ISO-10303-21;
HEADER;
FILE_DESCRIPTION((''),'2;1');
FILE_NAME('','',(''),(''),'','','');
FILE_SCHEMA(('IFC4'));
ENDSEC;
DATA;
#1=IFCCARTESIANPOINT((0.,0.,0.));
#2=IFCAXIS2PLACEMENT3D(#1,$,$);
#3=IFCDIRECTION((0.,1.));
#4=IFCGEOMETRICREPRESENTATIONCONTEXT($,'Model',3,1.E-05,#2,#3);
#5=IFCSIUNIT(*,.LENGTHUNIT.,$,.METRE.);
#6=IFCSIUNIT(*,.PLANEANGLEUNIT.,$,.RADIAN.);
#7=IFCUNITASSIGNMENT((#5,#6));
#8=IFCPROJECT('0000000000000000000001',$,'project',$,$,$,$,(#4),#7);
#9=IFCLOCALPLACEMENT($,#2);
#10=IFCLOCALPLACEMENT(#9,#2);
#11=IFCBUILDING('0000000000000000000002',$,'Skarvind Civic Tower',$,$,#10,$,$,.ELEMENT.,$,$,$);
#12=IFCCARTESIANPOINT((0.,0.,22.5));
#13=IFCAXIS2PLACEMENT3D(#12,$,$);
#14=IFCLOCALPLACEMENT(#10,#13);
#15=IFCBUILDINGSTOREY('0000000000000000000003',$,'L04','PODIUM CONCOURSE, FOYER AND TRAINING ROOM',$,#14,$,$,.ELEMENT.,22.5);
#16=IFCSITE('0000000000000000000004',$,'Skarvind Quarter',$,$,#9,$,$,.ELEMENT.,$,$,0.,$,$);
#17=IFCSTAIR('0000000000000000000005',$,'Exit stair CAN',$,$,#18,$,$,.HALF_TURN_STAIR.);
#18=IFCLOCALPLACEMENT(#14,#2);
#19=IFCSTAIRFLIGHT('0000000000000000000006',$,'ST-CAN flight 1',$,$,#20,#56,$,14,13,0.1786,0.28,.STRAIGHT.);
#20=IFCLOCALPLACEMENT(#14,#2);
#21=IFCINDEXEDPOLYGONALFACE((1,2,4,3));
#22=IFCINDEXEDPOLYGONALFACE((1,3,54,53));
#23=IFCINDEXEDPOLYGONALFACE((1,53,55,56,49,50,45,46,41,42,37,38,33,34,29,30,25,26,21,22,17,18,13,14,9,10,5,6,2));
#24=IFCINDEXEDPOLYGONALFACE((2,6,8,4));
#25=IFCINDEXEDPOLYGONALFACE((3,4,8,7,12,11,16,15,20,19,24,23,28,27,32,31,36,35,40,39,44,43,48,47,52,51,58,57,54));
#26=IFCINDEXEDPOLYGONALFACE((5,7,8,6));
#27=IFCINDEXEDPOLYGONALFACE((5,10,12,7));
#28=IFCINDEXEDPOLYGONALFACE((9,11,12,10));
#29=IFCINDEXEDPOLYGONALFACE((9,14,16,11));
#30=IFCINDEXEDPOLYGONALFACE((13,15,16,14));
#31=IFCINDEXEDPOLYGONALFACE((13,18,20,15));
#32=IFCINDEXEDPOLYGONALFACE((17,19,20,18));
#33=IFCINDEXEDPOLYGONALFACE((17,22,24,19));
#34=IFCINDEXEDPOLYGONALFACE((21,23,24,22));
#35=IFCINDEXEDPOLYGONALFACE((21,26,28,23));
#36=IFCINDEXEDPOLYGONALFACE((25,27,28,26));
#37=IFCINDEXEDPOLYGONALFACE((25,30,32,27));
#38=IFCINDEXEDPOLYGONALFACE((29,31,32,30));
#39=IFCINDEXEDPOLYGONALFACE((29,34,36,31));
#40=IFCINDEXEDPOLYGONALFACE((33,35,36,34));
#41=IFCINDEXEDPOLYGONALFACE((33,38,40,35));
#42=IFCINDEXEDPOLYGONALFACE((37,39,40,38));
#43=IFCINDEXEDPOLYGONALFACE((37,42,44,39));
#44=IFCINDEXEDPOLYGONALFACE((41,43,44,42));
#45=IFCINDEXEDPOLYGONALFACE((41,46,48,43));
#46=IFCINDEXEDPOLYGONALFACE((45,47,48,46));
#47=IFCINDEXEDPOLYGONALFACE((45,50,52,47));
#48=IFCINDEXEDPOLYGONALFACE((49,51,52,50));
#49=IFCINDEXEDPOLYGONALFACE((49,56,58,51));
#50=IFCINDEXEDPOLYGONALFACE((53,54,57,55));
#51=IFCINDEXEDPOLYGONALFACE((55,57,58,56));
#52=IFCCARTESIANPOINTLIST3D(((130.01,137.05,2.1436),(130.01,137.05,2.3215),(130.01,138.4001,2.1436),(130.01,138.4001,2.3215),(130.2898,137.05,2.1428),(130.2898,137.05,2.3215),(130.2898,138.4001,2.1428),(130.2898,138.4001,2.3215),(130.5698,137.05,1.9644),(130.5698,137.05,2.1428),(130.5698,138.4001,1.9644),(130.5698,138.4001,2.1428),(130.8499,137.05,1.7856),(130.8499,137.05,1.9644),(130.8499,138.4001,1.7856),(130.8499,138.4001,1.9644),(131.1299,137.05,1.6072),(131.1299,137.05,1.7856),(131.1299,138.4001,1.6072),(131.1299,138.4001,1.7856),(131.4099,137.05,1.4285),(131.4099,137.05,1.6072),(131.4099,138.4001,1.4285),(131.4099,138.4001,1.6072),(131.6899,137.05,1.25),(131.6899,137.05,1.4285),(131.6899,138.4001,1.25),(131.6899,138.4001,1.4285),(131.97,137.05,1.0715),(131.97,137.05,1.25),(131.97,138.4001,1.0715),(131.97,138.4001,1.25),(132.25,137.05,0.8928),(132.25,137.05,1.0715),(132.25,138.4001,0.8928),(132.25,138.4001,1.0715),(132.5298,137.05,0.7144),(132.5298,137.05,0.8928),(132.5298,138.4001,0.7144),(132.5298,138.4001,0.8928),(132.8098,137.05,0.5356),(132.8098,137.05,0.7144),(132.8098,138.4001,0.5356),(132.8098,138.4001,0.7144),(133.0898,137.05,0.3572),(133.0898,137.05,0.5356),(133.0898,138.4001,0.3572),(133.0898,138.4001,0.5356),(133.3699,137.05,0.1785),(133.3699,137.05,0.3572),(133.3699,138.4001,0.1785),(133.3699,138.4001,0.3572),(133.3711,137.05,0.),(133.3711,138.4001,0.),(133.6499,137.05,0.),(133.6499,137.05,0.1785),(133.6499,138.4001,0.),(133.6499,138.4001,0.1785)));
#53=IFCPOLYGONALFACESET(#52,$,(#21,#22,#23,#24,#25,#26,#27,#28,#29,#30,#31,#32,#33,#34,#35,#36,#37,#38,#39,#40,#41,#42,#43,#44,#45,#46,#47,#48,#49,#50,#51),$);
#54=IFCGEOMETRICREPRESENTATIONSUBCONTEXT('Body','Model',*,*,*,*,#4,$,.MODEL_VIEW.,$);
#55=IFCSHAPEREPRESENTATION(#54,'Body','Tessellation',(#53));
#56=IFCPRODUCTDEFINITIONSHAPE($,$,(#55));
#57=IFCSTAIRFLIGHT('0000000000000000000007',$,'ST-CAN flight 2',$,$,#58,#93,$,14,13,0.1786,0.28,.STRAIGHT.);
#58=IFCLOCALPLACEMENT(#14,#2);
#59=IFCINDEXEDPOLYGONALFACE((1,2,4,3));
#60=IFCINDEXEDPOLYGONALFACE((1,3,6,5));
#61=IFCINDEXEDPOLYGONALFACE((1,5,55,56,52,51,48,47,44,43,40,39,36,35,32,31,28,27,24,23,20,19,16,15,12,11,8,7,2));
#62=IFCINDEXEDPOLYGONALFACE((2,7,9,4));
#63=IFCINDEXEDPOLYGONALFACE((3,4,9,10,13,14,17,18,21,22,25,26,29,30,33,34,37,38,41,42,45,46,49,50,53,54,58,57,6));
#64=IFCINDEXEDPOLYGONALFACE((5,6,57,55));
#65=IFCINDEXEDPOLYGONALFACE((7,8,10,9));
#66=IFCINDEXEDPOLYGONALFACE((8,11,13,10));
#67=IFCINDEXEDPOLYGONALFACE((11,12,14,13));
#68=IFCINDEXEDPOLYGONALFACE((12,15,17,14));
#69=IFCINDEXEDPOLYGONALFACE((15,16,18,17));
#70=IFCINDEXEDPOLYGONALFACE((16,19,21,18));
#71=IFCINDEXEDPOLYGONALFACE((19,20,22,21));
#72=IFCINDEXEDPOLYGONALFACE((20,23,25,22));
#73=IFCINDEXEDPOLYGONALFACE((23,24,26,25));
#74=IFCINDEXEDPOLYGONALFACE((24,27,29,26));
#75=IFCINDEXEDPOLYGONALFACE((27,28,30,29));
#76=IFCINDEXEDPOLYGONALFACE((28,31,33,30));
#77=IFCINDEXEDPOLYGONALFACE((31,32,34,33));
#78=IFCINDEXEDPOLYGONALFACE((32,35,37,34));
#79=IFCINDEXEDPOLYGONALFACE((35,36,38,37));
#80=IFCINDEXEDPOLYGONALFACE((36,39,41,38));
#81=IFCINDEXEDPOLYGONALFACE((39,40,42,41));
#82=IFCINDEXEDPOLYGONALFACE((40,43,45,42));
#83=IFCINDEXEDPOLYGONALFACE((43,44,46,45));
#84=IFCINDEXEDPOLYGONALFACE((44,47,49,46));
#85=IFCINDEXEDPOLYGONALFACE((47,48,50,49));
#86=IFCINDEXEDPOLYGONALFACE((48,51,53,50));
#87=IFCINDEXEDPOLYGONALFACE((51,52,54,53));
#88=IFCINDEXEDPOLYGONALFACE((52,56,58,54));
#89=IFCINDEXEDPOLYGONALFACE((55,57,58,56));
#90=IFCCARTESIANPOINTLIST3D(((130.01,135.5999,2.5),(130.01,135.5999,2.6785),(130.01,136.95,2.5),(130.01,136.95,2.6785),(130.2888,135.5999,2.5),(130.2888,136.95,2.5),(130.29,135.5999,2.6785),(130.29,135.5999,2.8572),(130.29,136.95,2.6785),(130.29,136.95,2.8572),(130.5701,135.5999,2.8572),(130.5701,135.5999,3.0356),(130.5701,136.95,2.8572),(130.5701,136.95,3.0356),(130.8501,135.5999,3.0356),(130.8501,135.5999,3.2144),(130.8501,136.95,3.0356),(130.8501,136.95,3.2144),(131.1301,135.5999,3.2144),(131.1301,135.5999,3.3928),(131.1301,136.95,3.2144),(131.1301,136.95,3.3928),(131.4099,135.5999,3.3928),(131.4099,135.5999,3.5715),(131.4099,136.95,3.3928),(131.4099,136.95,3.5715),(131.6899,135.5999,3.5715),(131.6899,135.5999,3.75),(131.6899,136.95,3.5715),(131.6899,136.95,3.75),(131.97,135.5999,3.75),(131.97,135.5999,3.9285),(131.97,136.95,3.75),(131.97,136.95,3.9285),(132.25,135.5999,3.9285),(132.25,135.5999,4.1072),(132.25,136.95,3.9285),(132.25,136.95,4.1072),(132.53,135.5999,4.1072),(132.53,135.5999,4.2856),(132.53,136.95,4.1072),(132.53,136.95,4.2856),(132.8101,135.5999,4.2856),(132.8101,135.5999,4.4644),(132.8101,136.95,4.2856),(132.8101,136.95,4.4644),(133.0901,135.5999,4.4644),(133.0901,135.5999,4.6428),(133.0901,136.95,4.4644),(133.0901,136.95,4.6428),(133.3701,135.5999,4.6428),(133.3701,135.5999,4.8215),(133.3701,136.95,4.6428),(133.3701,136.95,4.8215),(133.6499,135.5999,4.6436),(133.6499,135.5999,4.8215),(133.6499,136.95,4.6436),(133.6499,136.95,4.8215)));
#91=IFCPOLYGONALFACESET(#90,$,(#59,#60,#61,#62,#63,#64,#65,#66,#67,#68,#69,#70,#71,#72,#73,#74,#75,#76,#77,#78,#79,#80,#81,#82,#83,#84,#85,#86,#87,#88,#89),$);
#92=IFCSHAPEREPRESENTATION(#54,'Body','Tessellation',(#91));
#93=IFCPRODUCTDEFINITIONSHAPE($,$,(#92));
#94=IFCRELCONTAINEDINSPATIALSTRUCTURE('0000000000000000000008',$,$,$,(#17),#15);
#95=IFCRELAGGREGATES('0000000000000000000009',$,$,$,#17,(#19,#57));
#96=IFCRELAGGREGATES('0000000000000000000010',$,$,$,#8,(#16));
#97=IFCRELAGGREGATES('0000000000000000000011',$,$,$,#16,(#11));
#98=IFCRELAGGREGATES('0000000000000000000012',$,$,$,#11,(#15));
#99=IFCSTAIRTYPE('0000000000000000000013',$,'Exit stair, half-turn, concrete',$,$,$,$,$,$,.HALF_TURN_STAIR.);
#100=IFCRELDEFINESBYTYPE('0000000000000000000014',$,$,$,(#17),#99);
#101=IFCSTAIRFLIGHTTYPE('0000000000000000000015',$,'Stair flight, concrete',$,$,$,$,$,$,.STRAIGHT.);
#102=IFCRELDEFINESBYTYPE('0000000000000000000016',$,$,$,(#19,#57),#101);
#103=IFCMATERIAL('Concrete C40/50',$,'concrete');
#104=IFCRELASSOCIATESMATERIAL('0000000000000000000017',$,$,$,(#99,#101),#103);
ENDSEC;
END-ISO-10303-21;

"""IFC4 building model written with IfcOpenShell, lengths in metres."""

from ifc_helpers import new_model, si_unit, direction, frame, origin, place, context, subcontext, project, spatial, polyline, outline, extrude, material, type_object, element, aggregate, save


model = new_model("IFC4")

# Units and contexts
model_context = context("Model", 3, precision=1e-05, world=origin(), true_north=direction((0.0, 1.0)))
body_context = subcontext(model_context, "Body", "Model", "MODEL_VIEW")
ifc_project = project(units=[si_unit("LENGTHUNIT", "METRE"), si_unit("PLANEANGLEUNIT", "RADIAN")], contexts=[model_context])

# Site, building, storey
site_placement = place(None, origin())
site = spatial("IfcSite", under=ifc_project, at=site_placement, Name="Skarvind Quarter", CompositionType="ELEMENT", RefElevation=0.0)
building_placement = place(site_placement, origin())
building = spatial("IfcBuilding", under=site, at=building_placement, Name="Skarvind Civic Tower", CompositionType="ELEMENT")
storey_placement = place(building_placement, frame((0.0, 0.0, 22.5)))
storey = spatial("IfcBuildingStorey", under=building, at=storey_placement, Name="L04", Description="PODIUM CONCOURSE, FOYER AND TRAINING ROOM", CompositionType="ELEMENT", Elevation=22.5)

# Stair, stair flights
ifc_material_1 = material(Name="Concrete C40/50", Category="concrete")
stair_type = type_object("IfcStairType", Name="Exit stair, half-turn, concrete", PredefinedType="HALF_TURN_STAIR", material=ifc_material_1)
stair_placement = place(storey_placement, origin())
stair = element("IfcStair", 1, at=stair_placement, inside=storey, type_object=stair_type, Name="Exit stair CAN", PredefinedType="HALF_TURN_STAIR")
stair_flight_type = type_object("IfcStairFlightType", Name="Stair flight, concrete", PredefinedType="STRAIGHT", material=ifc_material_1)
stair_flight_1_placement = place(storey_placement, frame((133.6499, 137.7251, 0.0), z_axis=(0.0, 0.0, 1.0), x_axis=(-1.0, 0.0, 0.0)))
stair_flight_1 = element("IfcStairFlight", 2, at=stair_flight_1_placement, type_object=stair_flight_type, Name="ST-CAN flight 1", NumberOfRisers=14, NumberOfTreads=13, PredefinedType="STRAIGHT", RiserHeight=0.1786, TreadLength=0.28, context=body_context, shape_type="SweptSolid", body=[
    extrude(outline(polyline([(0.0, 0.0), (0.0, 0.1785), (0.28, 0.1785), (0.28, 0.3572), (0.5601, 0.3572), (0.5601, 0.5356), (0.8401, 0.5356), (0.8401, 0.7144), (1.1201, 0.7144), (1.1201, 0.8928), (1.3999, 0.8928), (1.3999, 1.0715), (1.6799, 1.0715), (1.6799, 1.25), (1.96, 1.25), (1.96, 1.4285), (2.24, 1.4285), (2.24, 1.6072), (2.52, 1.6072), (2.52, 1.7856), (2.8, 1.7856), (2.8, 1.9644), (3.0801, 1.9644), (3.0801, 2.1428), (3.3601, 2.1428), (3.3601, 2.3215), (3.6399, 2.3215), (3.6399, 2.5), (3.6399, 2.1436), (0.2788, 0.0), (0.0, 0.0)])), frame((0.0, 0.675, 0.0), z_axis=(0.0, -1.0, 0.0), x_axis=(1.0, 0.0, 0.0)), (0.0, 0.0, 1.0), 1.3501),
])
stair_flight_2_placement = place(storey_placement, frame((130.01, 136.2749, 2.5), z_axis=(0.0, 0.0, 1.0), x_axis=(1.0, 0.0, 0.0)))
stair_flight_2 = element("IfcStairFlight", 3, at=stair_flight_2_placement, type_object=stair_flight_type, Name="ST-CAN flight 2", NumberOfRisers=14, NumberOfTreads=13, PredefinedType="STRAIGHT", RiserHeight=0.1786, TreadLength=0.28, context=body_context, shape_type="SweptSolid", body=[
    extrude(outline(polyline([(0.0, 0.0), (0.0, 0.1785), (0.28, 0.1785), (0.28, 0.3572), (0.5601, 0.3572), (0.5601, 0.5356), (0.8401, 0.5356), (0.8401, 0.7144), (1.1201, 0.7144), (1.1201, 0.8928), (1.3999, 0.8928), (1.3999, 1.0715), (1.6799, 1.0715), (1.6799, 1.25), (1.96, 1.25), (1.96, 1.4285), (2.24, 1.4285), (2.24, 1.6072), (2.52, 1.6072), (2.52, 1.7856), (2.8, 1.7856), (2.8, 1.9644), (3.0801, 1.9644), (3.0801, 2.1428), (3.3601, 2.1428), (3.3601, 2.3215), (3.6399, 2.3215), (3.6399, 2.5), (3.6399, 2.1436), (0.2788, 0.0), (0.0, 0.0)])), frame((0.0, 0.675, 0.0), z_axis=(0.0, -1.0, 0.0), x_axis=(1.0, 0.0, 0.0)), (0.0, 0.0, 1.0), 1.3501),
])
aggregate(stair, [stair_flight_1, stair_flight_2])

save(model, "model.ifc")
